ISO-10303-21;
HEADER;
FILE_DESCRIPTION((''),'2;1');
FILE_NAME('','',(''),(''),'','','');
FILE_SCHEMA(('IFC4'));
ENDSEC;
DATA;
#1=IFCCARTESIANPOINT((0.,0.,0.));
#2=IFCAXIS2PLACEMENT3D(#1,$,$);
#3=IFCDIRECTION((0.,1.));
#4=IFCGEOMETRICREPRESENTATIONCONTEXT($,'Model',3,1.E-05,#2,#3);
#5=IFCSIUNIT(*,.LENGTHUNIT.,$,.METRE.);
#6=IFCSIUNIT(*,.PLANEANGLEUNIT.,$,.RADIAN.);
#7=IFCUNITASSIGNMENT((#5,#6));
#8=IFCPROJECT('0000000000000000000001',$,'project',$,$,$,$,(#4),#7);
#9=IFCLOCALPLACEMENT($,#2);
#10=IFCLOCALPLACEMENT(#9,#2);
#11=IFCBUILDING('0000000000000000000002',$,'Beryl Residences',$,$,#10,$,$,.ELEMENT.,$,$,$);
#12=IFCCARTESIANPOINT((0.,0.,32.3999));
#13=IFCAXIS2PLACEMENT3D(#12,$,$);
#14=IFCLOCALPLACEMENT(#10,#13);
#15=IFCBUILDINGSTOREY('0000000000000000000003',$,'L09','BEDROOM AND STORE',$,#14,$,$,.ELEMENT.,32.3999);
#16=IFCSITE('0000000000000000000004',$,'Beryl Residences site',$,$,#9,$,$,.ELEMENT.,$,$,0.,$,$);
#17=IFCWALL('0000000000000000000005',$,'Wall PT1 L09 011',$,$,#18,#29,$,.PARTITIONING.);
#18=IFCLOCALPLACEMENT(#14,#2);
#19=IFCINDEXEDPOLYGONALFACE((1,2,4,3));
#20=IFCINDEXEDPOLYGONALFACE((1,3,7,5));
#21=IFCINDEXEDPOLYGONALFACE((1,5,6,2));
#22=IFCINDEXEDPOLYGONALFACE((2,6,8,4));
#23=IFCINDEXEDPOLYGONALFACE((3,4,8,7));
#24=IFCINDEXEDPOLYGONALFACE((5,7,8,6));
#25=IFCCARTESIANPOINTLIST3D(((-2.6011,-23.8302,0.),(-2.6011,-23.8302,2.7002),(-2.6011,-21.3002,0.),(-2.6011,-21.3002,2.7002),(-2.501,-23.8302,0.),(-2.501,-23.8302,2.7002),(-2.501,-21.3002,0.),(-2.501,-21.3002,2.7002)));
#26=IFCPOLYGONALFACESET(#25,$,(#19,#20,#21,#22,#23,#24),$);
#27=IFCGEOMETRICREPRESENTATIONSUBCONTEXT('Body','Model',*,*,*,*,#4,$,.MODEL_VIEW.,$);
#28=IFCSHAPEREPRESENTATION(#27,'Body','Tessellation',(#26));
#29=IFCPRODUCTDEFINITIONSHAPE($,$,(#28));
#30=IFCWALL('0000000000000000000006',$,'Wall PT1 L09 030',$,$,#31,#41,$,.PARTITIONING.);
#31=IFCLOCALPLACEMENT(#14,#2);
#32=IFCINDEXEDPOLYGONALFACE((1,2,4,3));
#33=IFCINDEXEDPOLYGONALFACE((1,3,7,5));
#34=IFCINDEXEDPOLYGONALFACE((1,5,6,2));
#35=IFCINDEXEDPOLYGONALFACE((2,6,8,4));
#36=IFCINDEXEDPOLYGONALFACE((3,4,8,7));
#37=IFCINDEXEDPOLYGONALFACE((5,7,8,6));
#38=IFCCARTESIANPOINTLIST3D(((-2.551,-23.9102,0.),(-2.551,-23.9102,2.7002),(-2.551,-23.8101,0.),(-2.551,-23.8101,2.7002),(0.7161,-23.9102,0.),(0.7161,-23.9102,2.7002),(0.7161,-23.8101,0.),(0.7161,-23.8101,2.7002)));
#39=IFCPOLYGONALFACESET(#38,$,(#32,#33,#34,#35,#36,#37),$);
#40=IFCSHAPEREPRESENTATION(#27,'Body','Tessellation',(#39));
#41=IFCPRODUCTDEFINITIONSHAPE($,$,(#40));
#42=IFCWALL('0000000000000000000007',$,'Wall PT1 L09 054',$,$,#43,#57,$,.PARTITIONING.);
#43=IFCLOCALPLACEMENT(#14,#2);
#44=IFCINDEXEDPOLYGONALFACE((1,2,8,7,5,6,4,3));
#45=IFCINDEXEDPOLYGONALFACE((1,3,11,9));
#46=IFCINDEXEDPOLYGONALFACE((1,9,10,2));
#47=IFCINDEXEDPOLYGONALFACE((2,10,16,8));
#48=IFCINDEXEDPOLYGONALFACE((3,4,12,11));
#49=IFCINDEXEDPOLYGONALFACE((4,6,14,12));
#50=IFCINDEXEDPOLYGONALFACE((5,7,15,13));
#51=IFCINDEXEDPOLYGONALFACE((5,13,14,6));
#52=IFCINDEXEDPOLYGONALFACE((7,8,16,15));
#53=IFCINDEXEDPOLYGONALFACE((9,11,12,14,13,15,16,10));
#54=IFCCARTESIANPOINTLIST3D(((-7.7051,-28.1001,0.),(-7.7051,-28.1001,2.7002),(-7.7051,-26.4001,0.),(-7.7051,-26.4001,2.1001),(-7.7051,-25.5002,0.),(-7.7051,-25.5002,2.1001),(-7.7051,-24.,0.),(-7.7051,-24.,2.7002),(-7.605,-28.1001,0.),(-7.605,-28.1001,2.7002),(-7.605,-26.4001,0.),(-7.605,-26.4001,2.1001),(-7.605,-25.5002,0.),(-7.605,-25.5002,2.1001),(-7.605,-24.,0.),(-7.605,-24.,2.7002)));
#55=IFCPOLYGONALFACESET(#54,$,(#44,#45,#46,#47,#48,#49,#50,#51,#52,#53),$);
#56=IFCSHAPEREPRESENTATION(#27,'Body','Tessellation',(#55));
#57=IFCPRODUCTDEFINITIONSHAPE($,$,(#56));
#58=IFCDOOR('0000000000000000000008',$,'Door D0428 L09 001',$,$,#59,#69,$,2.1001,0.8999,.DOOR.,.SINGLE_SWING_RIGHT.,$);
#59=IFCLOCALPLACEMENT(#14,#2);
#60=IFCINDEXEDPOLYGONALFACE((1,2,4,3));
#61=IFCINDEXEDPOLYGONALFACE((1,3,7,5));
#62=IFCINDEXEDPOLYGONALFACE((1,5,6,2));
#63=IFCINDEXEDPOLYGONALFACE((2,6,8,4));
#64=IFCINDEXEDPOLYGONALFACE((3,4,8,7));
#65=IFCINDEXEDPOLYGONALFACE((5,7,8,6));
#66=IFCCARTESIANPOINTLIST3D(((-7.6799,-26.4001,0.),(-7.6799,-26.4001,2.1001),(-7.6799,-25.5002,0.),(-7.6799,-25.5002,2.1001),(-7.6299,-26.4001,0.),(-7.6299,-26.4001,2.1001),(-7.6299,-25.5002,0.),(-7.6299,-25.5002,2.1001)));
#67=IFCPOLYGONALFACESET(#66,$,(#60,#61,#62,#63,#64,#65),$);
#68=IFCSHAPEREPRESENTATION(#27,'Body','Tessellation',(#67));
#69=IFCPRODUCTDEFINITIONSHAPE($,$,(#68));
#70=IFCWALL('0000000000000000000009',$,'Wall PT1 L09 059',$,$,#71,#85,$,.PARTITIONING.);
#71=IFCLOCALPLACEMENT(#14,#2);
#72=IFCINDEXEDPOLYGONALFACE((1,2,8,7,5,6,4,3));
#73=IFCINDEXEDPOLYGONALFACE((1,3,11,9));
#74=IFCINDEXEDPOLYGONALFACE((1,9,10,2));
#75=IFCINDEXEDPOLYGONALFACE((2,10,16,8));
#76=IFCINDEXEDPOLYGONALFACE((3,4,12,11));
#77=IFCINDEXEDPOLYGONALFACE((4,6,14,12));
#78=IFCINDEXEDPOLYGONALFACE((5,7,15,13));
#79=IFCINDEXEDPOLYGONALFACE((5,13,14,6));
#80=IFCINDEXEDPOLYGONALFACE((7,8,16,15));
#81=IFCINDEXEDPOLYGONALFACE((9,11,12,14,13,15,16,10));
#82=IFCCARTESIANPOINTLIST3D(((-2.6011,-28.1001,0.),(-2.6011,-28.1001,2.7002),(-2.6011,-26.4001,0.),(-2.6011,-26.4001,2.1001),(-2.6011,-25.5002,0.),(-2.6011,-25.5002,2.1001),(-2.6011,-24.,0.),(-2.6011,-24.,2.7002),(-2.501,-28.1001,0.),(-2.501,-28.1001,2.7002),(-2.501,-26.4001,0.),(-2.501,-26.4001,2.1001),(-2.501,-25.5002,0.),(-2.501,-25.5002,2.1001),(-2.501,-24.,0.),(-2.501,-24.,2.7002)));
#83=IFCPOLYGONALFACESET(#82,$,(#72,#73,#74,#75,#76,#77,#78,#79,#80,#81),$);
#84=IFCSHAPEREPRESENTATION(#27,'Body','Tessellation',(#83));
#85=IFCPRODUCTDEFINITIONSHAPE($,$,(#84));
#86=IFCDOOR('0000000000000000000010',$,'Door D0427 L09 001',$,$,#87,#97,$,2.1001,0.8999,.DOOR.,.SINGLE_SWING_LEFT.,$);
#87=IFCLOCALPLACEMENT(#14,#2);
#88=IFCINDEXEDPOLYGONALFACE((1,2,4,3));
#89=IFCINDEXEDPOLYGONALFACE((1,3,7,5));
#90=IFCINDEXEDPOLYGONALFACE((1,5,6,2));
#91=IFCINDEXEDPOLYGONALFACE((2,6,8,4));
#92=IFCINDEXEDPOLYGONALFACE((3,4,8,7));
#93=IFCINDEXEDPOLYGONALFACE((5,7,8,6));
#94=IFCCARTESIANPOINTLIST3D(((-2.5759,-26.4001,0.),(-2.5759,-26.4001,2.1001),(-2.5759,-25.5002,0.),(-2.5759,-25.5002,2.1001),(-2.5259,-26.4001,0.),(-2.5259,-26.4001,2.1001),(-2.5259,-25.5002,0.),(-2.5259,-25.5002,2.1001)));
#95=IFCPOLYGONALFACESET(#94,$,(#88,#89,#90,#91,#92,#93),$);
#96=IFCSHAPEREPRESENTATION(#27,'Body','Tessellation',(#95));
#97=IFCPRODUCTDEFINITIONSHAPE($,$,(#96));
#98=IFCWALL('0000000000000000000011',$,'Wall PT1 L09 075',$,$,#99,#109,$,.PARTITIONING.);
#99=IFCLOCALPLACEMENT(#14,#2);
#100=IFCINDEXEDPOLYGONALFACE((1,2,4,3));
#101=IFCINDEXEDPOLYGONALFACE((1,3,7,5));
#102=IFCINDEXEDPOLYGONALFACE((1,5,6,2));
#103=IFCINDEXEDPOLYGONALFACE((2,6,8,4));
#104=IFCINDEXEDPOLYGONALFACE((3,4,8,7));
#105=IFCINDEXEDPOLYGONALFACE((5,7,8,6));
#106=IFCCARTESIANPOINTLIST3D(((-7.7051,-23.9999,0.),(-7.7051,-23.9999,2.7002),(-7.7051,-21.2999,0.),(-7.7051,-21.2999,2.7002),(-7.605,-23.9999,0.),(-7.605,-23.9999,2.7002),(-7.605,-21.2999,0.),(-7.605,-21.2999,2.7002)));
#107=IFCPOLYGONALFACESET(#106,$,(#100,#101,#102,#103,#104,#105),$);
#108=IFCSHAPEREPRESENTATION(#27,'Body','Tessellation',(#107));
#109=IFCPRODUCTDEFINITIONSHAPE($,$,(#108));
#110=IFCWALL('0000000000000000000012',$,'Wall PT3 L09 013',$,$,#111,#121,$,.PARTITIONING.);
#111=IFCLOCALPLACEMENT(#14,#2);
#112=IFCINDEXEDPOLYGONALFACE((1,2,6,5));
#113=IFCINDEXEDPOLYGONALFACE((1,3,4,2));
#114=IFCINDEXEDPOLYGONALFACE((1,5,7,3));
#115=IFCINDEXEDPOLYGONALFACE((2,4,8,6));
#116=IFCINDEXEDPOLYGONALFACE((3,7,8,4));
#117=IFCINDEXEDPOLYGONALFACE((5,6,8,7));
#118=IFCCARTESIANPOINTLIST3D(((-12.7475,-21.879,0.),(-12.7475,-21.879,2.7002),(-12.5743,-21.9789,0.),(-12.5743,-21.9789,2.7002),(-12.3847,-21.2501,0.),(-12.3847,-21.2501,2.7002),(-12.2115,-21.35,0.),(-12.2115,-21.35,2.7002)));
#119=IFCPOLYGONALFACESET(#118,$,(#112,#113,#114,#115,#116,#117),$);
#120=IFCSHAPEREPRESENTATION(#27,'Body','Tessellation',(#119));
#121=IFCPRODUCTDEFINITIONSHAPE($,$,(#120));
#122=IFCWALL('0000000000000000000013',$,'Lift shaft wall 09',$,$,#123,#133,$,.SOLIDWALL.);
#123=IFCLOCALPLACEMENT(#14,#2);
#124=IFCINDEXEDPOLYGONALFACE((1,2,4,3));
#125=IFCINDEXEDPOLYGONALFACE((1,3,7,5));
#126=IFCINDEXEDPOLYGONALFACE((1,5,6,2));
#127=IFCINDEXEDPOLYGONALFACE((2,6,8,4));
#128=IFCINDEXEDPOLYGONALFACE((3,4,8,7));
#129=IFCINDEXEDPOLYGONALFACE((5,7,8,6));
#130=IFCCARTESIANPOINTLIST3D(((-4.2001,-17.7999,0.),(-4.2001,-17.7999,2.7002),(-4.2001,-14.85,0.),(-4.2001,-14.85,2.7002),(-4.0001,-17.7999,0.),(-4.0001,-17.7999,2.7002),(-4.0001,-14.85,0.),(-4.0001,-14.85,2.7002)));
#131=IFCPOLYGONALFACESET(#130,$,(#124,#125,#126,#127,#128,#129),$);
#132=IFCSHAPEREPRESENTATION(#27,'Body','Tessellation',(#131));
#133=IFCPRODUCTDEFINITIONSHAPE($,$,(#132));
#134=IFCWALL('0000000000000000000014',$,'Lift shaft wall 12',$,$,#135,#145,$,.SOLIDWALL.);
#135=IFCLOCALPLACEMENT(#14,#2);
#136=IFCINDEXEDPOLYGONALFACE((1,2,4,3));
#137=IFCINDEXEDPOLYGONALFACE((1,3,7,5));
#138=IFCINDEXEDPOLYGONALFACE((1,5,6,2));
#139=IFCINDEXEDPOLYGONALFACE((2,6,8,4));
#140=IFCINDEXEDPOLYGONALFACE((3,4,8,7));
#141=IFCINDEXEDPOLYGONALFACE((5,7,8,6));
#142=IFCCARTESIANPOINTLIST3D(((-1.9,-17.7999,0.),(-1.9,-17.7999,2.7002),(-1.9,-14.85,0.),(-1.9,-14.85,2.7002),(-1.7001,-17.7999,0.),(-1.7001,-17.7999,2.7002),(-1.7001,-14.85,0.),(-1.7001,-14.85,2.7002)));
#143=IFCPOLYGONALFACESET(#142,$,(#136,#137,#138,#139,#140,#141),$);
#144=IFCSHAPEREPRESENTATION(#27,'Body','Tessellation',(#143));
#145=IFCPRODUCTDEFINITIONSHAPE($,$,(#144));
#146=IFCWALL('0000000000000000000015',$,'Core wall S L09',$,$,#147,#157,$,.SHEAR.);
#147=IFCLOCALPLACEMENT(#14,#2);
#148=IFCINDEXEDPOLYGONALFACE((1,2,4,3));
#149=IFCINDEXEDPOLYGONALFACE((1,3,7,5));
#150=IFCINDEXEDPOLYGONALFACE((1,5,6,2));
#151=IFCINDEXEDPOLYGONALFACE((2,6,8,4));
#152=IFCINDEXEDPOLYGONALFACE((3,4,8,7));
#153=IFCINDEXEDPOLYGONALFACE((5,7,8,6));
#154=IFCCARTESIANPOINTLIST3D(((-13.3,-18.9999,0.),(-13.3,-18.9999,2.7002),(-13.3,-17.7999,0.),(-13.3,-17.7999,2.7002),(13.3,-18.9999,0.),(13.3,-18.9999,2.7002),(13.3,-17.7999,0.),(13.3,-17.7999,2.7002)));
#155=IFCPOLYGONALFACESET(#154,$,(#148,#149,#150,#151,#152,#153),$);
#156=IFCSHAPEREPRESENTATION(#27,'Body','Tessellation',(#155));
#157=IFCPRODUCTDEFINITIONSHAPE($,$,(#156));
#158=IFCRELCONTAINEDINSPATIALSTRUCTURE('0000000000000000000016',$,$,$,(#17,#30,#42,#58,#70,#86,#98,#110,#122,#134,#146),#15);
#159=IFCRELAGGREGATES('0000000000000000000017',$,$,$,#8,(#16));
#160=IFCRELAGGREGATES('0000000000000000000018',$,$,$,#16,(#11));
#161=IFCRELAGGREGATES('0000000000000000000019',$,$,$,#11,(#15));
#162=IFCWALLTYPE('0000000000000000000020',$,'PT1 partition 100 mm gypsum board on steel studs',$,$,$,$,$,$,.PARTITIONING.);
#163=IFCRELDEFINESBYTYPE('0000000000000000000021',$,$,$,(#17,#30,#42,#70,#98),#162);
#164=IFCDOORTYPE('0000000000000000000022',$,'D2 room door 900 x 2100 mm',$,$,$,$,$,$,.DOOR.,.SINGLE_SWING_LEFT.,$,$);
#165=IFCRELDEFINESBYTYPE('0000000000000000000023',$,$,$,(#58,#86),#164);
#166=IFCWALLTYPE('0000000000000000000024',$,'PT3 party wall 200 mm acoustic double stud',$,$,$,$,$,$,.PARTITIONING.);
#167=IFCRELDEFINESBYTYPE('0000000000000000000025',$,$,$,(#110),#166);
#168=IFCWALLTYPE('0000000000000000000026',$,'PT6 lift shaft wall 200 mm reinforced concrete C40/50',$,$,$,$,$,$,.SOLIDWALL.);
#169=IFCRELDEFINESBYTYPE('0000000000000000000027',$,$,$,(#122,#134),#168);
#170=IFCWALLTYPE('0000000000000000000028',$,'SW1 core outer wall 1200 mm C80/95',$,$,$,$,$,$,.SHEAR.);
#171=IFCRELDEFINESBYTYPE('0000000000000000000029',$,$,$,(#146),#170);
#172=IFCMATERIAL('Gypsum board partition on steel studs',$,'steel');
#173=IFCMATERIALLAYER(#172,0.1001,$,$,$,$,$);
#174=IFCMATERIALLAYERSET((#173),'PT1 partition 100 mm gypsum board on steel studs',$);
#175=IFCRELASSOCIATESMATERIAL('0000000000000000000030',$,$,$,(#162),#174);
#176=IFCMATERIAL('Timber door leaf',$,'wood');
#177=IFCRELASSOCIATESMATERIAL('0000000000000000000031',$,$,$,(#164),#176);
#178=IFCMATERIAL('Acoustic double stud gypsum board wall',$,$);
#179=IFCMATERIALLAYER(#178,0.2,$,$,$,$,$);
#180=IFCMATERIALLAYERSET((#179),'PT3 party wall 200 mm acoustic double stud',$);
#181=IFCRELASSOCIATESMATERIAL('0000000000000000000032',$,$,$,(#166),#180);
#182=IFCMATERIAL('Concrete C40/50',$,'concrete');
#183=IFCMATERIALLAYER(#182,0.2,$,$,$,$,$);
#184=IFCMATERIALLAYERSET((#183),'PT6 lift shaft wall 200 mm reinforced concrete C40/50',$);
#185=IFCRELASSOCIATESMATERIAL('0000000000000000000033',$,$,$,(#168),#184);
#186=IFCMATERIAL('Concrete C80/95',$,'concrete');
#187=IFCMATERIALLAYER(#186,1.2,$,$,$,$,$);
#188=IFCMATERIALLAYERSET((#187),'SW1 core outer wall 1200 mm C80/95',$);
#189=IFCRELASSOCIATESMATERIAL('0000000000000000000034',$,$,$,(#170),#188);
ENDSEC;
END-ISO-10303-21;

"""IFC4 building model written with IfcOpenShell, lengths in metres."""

from ifc_helpers import new_model, si_unit, direction, frame, frame_2d, origin, place, context, subcontext, project, spatial, rectangle, extrude, material, layer, layer_set, type_object, element, fill, save


model = new_model("IFC4")

# Units and contexts
model_context = context("Model", 3, precision=1e-05, world=origin(), true_north=direction((0.0, 1.0)))
body_context = subcontext(model_context, "Body", "Model", "MODEL_VIEW")
ifc_project = project(units=[si_unit("LENGTHUNIT", "METRE"), si_unit("PLANEANGLEUNIT", "RADIAN")], contexts=[model_context])

# Site, building, storey
site_placement = place(None, origin())
site = spatial("IfcSite", under=ifc_project, at=site_placement, Name="Beryl Residences site", CompositionType="ELEMENT", RefElevation=0.0)
building_placement = place(site_placement, origin())
building = spatial("IfcBuilding", under=site, at=building_placement, Name="Beryl Residences", CompositionType="ELEMENT")
storey_placement = place(building_placement, frame((0.0, 0.0, 32.3999)))
storey = spatial("IfcBuildingStorey", under=building, at=storey_placement, Name="L09", Description="BEDROOM AND STORE", CompositionType="ELEMENT", Elevation=32.3999)

# Walls
ifc_material_1 = material(Name="Gypsum board partition on steel studs", Category="steel")
ifc_layer_1 = layer(ifc_material_1, 0.1001)
ifc_layer_set_1 = layer_set([ifc_layer_1], Name="PT1 partition 100 mm gypsum board on steel studs")
wall_type_1 = type_object("IfcWallType", Name="PT1 partition 100 mm gypsum board on steel studs", PredefinedType="PARTITIONING", material=ifc_layer_set_1)
wall_1_placement = place(storey_placement, frame((-2.551, -21.3, 0.0), z_axis=(0.0, 0.0, 1.0), x_axis=(0.0, -1.0, 0.0)))
element("IfcWall", 1, at=wall_1_placement, inside=storey, type_object=wall_type_1, Name="Wall PT1 L09 011", PredefinedType="PARTITIONING", context=body_context, shape_type="SweptSolid", body=[
    extrude(rectangle(XDim=2.53, YDim=0.1001, at=frame_2d((1.2651, 0.0))), origin(), (0.0, 0.0, 1.0), 2.7002),
])
wall_2_placement = place(storey_placement, frame((-2.551, -23.8601, 0.0), z_axis=(0.0, 0.0, 1.0), x_axis=(1.0, 0.0, 0.0)))
element("IfcWall", 2, at=wall_2_placement, inside=storey, type_object=wall_type_1, Name="Wall PT1 L09 030", PredefinedType="PARTITIONING", context=body_context, shape_type="SweptSolid", body=[
    extrude(rectangle(XDim=3.2671, YDim=0.1001, at=frame_2d((1.6335, 0.0))), origin(), (0.0, 0.0, 1.0), 2.7002),
])

# Walls, openings, doors
wall_3_placement = place(storey_placement, frame((-7.655, -28.1001, 0.0), z_axis=(0.0, 0.0, 1.0), x_axis=(0.0, 1.0, 0.0)))
wall_3 = element("IfcWall", 3, at=wall_3_placement, inside=storey, type_object=wall_type_1, Name="Wall PT1 L09 054", PredefinedType="PARTITIONING", context=body_context, shape_type="SweptSolid", body=[
    extrude(rectangle(XDim=4.1001, YDim=0.1001, at=frame_2d((2.05, 0.0))), origin(), (0.0, 0.0, 1.0), 2.7002),
])
opening_1_placement = place(wall_3_placement, frame((1.7, 0.0, 0.0)))
opening_1 = element("IfcOpeningElement", 4, at=opening_1_placement, cuts=wall_3, PredefinedType="OPENING", context=body_context, shape_type="SweptSolid", body=[
    extrude(rectangle(XDim=0.8999, YDim=2.1001, at=frame_2d((0.45, 1.05))), frame((0.0, 0.0601, 0.0), z_axis=(0.0, -1.0, 0.0), x_axis=(1.0, 0.0, 0.0)), (0.0, 0.0, 1.0), 0.1201),
])
ifc_material_2 = material(Name="Timber door leaf", Category="wood")
door_type_1 = type_object("IfcDoorType", Name="D2 room door 900 x 2100 mm", OperationType="SINGLE_SWING_LEFT", PredefinedType="DOOR", material=ifc_material_2)
door_1_placement = place(opening_1_placement, origin())
door_1 = element("IfcDoor", 5, at=door_1_placement, inside=storey, type_object=door_type_1, Name="Door D0428 L09 001", OperationType="SINGLE_SWING_RIGHT", OverallHeight=2.1001, OverallWidth=0.8999, PredefinedType="DOOR", context=body_context, shape_type="SweptSolid", body=[
    extrude(rectangle(XDim=0.8999, YDim=2.1001, at=frame_2d((0.45, 1.05))), frame((0.0, 0.0249, 0.0), z_axis=(0.0, -1.0, 0.0), x_axis=(1.0, 0.0, 0.0)), (0.0, 0.0, 1.0), 0.05),
])
fill(opening_1, door_1)
wall_4_placement = place(storey_placement, frame((-2.551, -28.1001, 0.0), z_axis=(0.0, 0.0, 1.0), x_axis=(0.0, 1.0, 0.0)))
wall_4 = element("IfcWall", 6, at=wall_4_placement, inside=storey, type_object=wall_type_1, Name="Wall PT1 L09 059", PredefinedType="PARTITIONING", context=body_context, shape_type="SweptSolid", body=[
    extrude(rectangle(XDim=4.1001, YDim=0.1001, at=frame_2d((2.05, 0.0))), origin(), (0.0, 0.0, 1.0), 2.7002),
])
opening_2_placement = place(wall_4_placement, frame((1.7, 0.0, 0.0)))
opening_2 = element("IfcOpeningElement", 7, at=opening_2_placement, cuts=wall_4, PredefinedType="OPENING", context=body_context, shape_type="SweptSolid", body=[
    extrude(rectangle(XDim=0.8999, YDim=2.1001, at=frame_2d((0.45, 1.05))), frame((0.0, 0.0601, 0.0), z_axis=(0.0, -1.0, 0.0), x_axis=(1.0, 0.0, 0.0)), (0.0, 0.0, 1.0), 0.1201),
])
door_2_placement = place(opening_2_placement, origin())
door_2 = element("IfcDoor", 8, at=door_2_placement, inside=storey, type_object=door_type_1, Name="Door D0427 L09 001", OperationType="SINGLE_SWING_LEFT", OverallHeight=2.1001, OverallWidth=0.8999, PredefinedType="DOOR", context=body_context, shape_type="SweptSolid", body=[
    extrude(rectangle(XDim=0.8999, YDim=2.1001, at=frame_2d((0.45, 1.05))), frame((0.0, 0.0249, 0.0), z_axis=(0.0, -1.0, 0.0), x_axis=(1.0, 0.0, 0.0)), (0.0, 0.0, 1.0), 0.05),
])
fill(opening_2, door_2)

# Walls
wall_5_placement = place(storey_placement, frame((-7.655, -24.0, 0.0), z_axis=(0.0, 0.0, 1.0), x_axis=(0.0, 1.0, 0.0)))
element("IfcWall", 9, at=wall_5_placement, inside=storey, type_object=wall_type_1, Name="Wall PT1 L09 075", PredefinedType="PARTITIONING", context=body_context, shape_type="SweptSolid", body=[
    extrude(rectangle(XDim=2.7, YDim=0.1001, at=frame_2d((1.3501, 0.0))), origin(), (0.0, 0.0, 1.0), 2.7002),
])
ifc_material_3 = material(Name="Acoustic double stud gypsum board wall")
ifc_layer_2 = layer(ifc_material_3, 0.2)
ifc_layer_set_2 = layer_set([ifc_layer_2], Name="PT3 party wall 200 mm acoustic double stud")
wall_type_2 = type_object("IfcWallType", Name="PT3 party wall 200 mm acoustic double stud", PredefinedType="PARTITIONING", material=ifc_layer_set_2)
wall_6_placement = place(storey_placement, frame((-12.6609, -21.929, 0.0), z_axis=(0.0, 0.0, 1.0), x_axis=(0.499684, 0.866208, 0.0)))
element("IfcWall", 10, at=wall_6_placement, inside=storey, type_object=wall_type_2, Name="Wall PT3 L09 013", PredefinedType="PARTITIONING", context=body_context, shape_type="SweptSolid", body=[
    extrude(rectangle(XDim=0.7261, YDim=0.2, at=frame_2d((0.363, 0.0))), origin(), (0.0, 0.0, 1.0), 2.7002),
])
ifc_material_4 = material(Name="Concrete C40/50", Category="concrete")
ifc_layer_3 = layer(ifc_material_4, 0.2)
ifc_layer_set_3 = layer_set([ifc_layer_3], Name="PT6 lift shaft wall 200 mm reinforced concrete C40/50")
wall_type_3 = type_object("IfcWallType", Name="PT6 lift shaft wall 200 mm reinforced concrete C40/50", PredefinedType="SOLIDWALL", material=ifc_layer_set_3)
for number, where, z_axis, x_axis, name in (
    (11, (-4.1001, -17.8, 0.0), (0.0, 0.0, 1.0), (0.0, 1.0, 0.0), "Lift shaft wall 09"),
    (12, (-1.8, -17.8, 0.0), (0.0, 0.0, 1.0), (0.0, 1.0, 0.0), "Lift shaft wall 12"),
):
    element("IfcWall", number, at=place(storey_placement, frame(where, z_axis=z_axis, x_axis=x_axis)), inside=storey, type_object=wall_type_3, Name=name, PredefinedType="SOLIDWALL", context=body_context, shape_type="SweptSolid", body=[
        extrude(rectangle(XDim=2.95, YDim=0.2, at=frame_2d((1.4751, 0.0))), origin(), (0.0, 0.0, 1.0), 2.7002),
    ])
ifc_material_5 = material(Name="Concrete C80/95", Category="concrete")
ifc_layer_4 = layer(ifc_material_5, 1.2)
ifc_layer_set_4 = layer_set([ifc_layer_4], Name="SW1 core outer wall 1200 mm C80/95")
wall_type_4 = type_object("IfcWallType", Name="SW1 core outer wall 1200 mm C80/95", PredefinedType="SHEAR", material=ifc_layer_set_4)
wall_7_placement = place(storey_placement, frame((-13.3, -18.3999, 0.0), z_axis=(0.0, 0.0, 1.0), x_axis=(1.0, 0.0, 0.0)))
element("IfcWall", 13, at=wall_7_placement, inside=storey, type_object=wall_type_4, Name="Core wall S L09", PredefinedType="SHEAR", context=body_context, shape_type="SweptSolid", body=[
    extrude(rectangle(XDim=26.6001, YDim=1.2, at=frame_2d((13.3, 0.0))), origin(), (0.0, 0.0, 1.0), 2.7002),
])

save(model, "model.ifc")
